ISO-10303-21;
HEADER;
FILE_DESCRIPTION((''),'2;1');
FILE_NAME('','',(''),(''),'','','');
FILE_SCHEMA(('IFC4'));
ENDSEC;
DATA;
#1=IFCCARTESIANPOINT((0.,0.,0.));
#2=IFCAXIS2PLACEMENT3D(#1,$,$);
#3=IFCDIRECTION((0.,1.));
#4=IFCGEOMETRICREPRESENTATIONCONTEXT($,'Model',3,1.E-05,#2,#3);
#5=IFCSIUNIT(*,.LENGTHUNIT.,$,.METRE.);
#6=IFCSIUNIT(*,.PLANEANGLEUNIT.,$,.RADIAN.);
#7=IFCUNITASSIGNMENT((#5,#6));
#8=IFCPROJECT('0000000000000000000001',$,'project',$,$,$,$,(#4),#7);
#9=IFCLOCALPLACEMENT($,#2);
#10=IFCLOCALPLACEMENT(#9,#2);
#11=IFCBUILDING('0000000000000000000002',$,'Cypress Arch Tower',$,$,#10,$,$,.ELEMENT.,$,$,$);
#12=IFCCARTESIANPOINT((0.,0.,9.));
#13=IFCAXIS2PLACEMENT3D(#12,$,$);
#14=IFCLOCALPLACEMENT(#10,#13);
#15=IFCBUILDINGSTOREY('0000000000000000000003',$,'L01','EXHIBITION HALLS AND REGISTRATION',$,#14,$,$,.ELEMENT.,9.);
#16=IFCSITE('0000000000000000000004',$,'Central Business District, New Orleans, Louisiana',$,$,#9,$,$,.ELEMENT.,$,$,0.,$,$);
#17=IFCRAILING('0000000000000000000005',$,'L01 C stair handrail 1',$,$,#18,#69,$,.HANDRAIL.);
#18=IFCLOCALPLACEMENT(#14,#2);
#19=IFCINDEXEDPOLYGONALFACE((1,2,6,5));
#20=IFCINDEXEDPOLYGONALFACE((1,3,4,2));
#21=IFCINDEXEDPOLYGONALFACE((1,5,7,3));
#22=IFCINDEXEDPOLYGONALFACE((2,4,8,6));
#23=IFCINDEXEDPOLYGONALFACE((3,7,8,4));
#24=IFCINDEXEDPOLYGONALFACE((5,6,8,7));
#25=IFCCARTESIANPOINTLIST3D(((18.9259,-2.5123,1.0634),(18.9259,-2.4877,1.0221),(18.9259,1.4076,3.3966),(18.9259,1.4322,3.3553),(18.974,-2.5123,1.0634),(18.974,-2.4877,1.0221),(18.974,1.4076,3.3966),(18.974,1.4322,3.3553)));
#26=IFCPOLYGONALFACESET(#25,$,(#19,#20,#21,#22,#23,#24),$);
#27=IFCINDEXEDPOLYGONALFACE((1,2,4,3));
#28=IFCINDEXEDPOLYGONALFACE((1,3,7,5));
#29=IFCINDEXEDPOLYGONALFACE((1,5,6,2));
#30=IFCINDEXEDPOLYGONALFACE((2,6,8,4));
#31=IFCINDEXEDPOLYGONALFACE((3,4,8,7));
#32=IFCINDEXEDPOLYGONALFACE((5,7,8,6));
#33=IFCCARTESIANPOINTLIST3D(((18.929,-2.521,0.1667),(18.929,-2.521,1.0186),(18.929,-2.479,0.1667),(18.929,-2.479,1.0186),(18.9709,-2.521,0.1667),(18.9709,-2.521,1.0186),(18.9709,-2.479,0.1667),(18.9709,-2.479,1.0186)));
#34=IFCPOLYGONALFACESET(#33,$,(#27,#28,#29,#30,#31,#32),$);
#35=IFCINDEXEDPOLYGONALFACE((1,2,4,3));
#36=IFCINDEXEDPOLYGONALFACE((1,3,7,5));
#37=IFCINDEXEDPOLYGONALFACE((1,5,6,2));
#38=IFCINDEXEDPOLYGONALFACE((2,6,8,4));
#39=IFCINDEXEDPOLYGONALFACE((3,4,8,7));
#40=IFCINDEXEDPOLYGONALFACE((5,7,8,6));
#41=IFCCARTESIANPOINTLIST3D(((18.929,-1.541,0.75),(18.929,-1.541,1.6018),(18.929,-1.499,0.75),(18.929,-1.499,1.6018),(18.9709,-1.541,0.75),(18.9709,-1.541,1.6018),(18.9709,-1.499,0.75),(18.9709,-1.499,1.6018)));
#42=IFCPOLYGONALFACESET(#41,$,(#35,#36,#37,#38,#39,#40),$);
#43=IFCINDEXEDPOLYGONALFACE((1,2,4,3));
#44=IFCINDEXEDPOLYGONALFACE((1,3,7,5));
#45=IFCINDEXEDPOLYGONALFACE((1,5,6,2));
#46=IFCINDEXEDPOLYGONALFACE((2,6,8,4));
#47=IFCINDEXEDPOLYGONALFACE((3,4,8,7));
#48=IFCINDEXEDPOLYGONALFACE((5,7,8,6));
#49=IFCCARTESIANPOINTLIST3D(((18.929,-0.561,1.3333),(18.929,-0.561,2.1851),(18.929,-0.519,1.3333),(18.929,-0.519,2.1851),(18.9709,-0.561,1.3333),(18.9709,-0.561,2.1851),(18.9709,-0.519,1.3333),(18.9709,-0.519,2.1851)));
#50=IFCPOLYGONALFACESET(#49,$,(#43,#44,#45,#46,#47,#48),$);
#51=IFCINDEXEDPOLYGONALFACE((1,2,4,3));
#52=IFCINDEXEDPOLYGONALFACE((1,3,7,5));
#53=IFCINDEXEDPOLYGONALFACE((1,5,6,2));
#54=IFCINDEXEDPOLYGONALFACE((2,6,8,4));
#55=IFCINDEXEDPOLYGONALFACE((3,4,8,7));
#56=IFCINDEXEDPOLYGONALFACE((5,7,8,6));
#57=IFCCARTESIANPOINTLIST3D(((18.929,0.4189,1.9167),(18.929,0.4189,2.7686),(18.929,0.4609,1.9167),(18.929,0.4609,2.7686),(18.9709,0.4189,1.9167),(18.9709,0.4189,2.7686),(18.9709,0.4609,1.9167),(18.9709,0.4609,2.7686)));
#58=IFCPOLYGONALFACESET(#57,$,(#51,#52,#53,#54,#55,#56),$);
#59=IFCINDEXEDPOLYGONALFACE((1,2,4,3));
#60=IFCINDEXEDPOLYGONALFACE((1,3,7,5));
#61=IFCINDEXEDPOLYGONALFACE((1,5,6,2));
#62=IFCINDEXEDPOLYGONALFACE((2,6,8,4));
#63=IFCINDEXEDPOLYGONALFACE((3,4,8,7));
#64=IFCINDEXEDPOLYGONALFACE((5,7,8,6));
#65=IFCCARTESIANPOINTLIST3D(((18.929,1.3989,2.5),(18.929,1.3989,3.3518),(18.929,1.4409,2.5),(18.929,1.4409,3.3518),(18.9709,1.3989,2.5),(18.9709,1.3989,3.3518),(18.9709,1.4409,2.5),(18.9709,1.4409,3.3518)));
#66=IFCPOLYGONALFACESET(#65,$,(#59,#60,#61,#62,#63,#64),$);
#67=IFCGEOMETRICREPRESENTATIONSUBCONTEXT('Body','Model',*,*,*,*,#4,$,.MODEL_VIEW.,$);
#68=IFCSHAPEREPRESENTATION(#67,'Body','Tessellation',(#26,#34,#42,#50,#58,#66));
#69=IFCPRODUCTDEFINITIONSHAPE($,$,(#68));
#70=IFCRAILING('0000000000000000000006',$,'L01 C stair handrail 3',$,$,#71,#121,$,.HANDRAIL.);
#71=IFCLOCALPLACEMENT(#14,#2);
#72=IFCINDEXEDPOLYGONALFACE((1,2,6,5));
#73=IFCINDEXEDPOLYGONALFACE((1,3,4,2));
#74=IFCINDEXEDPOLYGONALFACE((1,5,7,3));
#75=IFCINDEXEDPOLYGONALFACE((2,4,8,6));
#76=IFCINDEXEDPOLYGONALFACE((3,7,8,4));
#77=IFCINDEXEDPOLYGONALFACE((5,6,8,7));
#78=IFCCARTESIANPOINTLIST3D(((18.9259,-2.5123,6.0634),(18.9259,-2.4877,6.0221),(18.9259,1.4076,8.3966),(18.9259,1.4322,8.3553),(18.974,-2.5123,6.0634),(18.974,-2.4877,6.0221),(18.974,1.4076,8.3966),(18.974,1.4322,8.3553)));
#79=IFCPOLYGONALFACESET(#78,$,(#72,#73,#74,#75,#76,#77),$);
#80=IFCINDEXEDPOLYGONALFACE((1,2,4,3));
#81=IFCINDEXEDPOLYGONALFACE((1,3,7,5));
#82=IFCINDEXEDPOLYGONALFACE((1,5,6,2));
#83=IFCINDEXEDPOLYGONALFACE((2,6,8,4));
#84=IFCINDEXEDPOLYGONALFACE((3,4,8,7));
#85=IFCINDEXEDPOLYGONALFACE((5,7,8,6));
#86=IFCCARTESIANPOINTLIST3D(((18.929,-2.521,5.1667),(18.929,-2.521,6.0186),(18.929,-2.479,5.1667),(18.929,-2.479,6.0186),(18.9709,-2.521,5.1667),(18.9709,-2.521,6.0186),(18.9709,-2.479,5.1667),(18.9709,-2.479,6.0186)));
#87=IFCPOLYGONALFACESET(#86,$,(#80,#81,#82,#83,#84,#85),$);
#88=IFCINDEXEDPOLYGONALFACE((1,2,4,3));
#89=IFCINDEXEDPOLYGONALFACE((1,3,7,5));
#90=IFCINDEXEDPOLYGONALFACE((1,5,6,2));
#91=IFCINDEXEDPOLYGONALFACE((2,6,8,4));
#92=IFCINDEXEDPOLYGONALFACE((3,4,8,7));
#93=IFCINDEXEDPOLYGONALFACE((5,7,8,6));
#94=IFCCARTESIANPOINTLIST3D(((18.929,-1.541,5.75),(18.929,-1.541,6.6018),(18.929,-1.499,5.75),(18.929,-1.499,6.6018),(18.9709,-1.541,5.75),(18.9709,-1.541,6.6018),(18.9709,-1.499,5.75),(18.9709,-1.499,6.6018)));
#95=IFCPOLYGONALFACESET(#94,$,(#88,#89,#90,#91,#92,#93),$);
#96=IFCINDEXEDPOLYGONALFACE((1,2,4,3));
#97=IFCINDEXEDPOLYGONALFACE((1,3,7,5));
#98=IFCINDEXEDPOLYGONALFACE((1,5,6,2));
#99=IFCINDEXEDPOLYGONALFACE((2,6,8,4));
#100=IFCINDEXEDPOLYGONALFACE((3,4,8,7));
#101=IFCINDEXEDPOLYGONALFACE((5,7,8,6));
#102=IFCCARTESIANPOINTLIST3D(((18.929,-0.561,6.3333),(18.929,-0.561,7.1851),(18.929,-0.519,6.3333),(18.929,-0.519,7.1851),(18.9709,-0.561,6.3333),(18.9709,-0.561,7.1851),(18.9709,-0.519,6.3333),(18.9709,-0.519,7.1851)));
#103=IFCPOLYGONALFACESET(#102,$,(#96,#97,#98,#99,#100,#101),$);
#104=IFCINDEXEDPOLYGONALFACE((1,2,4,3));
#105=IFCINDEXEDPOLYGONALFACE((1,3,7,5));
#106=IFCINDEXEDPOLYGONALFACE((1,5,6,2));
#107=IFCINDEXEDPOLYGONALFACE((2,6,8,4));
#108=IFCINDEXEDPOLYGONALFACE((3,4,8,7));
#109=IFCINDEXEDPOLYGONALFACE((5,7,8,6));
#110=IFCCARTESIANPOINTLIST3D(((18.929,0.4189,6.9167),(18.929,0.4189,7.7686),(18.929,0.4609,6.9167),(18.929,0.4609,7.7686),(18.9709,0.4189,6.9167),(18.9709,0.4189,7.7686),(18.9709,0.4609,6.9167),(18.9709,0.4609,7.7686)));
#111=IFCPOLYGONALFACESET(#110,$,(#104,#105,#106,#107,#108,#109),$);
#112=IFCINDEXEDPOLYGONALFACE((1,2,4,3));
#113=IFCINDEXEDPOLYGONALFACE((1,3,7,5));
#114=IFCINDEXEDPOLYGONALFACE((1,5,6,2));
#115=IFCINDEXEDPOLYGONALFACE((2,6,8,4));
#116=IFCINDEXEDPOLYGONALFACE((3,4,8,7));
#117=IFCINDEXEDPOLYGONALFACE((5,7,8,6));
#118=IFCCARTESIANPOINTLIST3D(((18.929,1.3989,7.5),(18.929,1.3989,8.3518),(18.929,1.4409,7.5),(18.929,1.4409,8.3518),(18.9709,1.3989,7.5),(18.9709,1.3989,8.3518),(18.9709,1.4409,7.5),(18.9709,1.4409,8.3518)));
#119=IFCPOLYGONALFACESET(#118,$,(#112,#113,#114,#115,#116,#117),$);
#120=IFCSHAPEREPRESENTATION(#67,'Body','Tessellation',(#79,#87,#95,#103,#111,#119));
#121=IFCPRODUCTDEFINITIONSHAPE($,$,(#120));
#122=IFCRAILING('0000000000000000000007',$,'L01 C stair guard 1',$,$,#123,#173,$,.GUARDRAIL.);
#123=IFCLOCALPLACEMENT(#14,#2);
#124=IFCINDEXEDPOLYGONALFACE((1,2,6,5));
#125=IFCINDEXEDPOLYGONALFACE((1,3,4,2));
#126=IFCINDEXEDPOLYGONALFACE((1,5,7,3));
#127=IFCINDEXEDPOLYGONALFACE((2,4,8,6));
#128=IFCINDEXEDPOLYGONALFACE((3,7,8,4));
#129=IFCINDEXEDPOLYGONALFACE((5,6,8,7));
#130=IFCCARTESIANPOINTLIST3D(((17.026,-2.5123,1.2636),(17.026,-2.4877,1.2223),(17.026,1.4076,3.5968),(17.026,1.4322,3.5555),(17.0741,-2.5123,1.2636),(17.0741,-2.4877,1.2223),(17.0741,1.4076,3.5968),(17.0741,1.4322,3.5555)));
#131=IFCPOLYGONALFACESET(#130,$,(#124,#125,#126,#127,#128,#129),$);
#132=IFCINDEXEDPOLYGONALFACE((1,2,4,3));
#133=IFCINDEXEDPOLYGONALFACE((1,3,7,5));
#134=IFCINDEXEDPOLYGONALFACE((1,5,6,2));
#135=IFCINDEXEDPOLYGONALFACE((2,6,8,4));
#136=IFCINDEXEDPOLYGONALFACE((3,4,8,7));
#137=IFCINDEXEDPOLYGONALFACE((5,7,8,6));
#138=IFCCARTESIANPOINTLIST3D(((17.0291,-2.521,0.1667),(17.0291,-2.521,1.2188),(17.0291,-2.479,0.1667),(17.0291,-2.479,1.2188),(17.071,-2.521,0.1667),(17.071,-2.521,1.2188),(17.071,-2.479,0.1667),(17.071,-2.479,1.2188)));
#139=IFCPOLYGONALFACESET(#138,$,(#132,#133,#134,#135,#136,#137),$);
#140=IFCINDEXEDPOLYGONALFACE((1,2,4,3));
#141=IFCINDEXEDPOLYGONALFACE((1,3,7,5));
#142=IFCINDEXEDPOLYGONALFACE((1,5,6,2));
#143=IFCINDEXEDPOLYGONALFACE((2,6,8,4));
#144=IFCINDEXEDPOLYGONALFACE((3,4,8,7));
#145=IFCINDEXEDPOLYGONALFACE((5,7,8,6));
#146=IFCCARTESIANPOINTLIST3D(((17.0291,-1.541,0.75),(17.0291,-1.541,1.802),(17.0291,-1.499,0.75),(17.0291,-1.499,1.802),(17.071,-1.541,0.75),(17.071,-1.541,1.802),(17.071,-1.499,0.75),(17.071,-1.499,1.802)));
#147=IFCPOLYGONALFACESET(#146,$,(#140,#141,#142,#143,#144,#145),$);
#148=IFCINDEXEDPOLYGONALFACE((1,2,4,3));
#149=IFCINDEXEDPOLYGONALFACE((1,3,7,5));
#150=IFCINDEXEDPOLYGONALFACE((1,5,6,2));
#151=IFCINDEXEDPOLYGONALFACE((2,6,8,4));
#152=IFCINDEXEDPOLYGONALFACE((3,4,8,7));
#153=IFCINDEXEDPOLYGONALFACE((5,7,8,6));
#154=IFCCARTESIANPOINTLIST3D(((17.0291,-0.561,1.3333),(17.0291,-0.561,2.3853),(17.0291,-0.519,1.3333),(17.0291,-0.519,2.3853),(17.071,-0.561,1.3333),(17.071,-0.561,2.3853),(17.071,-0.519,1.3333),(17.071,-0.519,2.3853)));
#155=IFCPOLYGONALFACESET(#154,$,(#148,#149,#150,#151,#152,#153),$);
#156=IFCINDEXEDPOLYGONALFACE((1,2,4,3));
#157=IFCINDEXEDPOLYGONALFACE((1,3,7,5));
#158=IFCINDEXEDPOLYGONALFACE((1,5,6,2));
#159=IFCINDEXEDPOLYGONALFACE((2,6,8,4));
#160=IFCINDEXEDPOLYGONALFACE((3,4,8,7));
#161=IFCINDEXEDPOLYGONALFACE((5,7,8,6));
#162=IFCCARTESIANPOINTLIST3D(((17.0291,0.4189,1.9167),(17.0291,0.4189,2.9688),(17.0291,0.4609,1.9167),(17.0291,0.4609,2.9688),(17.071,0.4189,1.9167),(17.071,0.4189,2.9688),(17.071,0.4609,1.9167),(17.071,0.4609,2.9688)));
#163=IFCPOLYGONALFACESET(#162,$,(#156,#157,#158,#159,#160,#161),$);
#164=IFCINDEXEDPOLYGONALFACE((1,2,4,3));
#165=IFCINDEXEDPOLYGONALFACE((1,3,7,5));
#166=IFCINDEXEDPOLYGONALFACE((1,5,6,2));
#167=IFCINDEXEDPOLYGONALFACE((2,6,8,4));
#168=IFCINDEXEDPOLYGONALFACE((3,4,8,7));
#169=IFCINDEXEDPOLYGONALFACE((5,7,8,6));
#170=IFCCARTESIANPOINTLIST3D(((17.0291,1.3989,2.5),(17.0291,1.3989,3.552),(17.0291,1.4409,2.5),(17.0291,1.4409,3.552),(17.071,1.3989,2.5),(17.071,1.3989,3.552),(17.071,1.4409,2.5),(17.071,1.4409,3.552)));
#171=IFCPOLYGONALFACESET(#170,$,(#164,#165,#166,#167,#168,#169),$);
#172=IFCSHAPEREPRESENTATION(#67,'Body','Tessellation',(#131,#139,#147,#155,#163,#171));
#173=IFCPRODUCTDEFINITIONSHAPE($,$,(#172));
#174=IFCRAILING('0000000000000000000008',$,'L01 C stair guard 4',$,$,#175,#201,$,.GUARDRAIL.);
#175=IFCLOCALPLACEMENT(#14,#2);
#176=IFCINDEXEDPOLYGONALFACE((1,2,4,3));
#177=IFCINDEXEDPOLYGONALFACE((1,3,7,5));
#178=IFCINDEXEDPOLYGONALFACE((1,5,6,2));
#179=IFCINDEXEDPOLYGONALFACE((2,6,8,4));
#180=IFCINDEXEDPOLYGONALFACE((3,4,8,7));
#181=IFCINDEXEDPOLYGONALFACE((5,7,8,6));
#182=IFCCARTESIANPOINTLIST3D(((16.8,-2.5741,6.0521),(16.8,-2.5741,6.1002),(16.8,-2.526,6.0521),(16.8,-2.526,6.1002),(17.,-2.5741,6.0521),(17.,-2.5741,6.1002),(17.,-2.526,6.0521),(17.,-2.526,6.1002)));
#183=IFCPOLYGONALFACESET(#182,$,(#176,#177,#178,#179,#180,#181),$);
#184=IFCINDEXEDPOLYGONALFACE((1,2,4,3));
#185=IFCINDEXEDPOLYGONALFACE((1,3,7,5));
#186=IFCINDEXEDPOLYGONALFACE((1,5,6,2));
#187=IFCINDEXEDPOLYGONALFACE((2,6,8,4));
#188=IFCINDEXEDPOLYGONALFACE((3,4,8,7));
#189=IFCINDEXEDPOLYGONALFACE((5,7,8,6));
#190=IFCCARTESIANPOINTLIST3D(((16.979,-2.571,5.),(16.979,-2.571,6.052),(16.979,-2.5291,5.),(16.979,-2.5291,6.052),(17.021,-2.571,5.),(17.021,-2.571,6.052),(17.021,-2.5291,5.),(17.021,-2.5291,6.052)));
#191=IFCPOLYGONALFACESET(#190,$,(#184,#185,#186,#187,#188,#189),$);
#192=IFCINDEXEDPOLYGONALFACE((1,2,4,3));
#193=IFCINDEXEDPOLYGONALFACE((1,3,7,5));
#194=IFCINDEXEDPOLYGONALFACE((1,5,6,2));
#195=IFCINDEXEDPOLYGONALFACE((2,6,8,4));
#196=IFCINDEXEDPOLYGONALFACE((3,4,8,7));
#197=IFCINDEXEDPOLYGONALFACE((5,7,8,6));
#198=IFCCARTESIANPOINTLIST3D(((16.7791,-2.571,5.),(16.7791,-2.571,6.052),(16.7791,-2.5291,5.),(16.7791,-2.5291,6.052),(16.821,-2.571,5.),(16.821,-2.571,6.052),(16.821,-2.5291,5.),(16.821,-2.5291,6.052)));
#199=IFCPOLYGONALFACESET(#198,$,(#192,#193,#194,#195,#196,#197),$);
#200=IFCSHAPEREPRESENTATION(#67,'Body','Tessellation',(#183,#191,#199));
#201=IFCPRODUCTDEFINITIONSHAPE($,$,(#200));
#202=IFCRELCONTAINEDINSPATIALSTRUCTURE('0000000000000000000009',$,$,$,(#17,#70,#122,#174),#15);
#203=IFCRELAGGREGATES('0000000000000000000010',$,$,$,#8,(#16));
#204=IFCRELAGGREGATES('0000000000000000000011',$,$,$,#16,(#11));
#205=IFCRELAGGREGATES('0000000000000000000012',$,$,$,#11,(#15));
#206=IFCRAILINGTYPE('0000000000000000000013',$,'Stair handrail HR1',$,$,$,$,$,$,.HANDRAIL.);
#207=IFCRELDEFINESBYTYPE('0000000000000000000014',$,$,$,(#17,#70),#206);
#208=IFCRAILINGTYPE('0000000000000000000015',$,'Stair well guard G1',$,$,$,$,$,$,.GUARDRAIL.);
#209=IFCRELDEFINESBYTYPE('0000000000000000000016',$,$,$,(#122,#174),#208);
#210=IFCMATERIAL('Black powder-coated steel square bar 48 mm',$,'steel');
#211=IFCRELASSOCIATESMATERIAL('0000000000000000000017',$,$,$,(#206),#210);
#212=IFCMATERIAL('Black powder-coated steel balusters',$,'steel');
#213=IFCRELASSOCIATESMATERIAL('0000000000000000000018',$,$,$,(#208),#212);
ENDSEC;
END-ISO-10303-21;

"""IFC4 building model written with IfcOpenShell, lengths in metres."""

from ifc_helpers import new_model, si_unit, direction, frame, origin, origin_2d, place, context, subcontext, project, spatial, rectangle, extrude, material, type_object, element, save


model = new_model("IFC4")

# Units and contexts
model_context = context("Model", 3, precision=1e-05, world=origin(), true_north=direction((0.0, 1.0)))
body_context = subcontext(model_context, "Body", "Model", "MODEL_VIEW")
ifc_project = project(units=[si_unit("LENGTHUNIT", "METRE"), si_unit("PLANEANGLEUNIT", "RADIAN")], contexts=[model_context])

# Site, building, storey
site_placement = place(None, origin())
site = spatial("IfcSite", under=ifc_project, at=site_placement, Name="Central Business District, New Orleans, Louisiana", CompositionType="ELEMENT", RefElevation=0.0)
building_placement = place(site_placement, origin())
building = spatial("IfcBuilding", under=site, at=building_placement, Name="Cypress Arch Tower", CompositionType="ELEMENT")
storey_placement = place(building_placement, frame((0.0, 0.0, 9.0)))
storey = spatial("IfcBuildingStorey", under=building, at=storey_placement, Name="L01", Description="EXHIBITION HALLS AND REGISTRATION", CompositionType="ELEMENT", Elevation=9.0)

# Railings
ifc_material_1 = material(Name="Black powder-coated steel square bar 48 mm", Category="steel")
railing_type_1 = type_object("IfcRailingType", Name="Stair handrail HR1", PredefinedType="HANDRAIL", material=ifc_material_1)
for number, where, name in (
    (1, (18.95, -2.5, 0.1667), "L01 C stair handrail 1"),
    (2, (18.95, -2.5, 5.1667), "L01 C stair handrail 3"),
):
    element("IfcRailing", number, at=place(storey_placement, frame(where)), inside=storey, type_object=railing_type_1, Name=name, PredefinedType="HANDRAIL", context=body_context, shape_type="SweptSolid", body=[
        extrude(rectangle(XDim=0.0481, YDim=0.0481, at=origin_2d()), frame((0.0, 0.0, 0.876), z_axis=(0.0, 0.859296, 0.511478), x_axis=(-1.0, 0.0, 0.0)), (0.0, 0.0, 1.0), 4.5618),
        extrude(rectangle(XDim=0.042, YDim=0.042, at=origin_2d()), origin(), (0.0, 0.0, 1.0), 0.8518),
        extrude(rectangle(XDim=0.042, YDim=0.042, at=origin_2d()), frame((0.0, 0.98, 0.5833)), (0.0, 0.0, 1.0), 0.8518),
        extrude(rectangle(XDim=0.042, YDim=0.042, at=origin_2d()), frame((0.0, 1.96, 1.1665)), (0.0, 0.0, 1.0), 0.8518),
        extrude(rectangle(XDim=0.042, YDim=0.042, at=origin_2d()), frame((0.0, 2.9399, 1.75)), (0.0, 0.0, 1.0), 0.8518),
        extrude(rectangle(XDim=0.042, YDim=0.042, at=origin_2d()), frame((0.0, 3.9199, 2.3333)), (0.0, 0.0, 1.0), 0.8518),
    ])
ifc_material_2 = material(Name="Black powder-coated steel balusters", Category="steel")
railing_type_2 = type_object("IfcRailingType", Name="Stair well guard G1", PredefinedType="GUARDRAIL", material=ifc_material_2)
railing_1_placement = place(storey_placement, frame((17.05, -2.5, 0.1667)))
element("IfcRailing", 3, at=railing_1_placement, inside=storey, type_object=railing_type_2, Name="L01 C stair guard 1", PredefinedType="GUARDRAIL", context=body_context, shape_type="SweptSolid", body=[
    extrude(rectangle(XDim=0.0481, YDim=0.0481, at=origin_2d()), frame((0.0, 0.0, 1.0762), z_axis=(0.0, 0.859296, 0.511478), x_axis=(-1.0, 0.0, 0.0)), (0.0, 0.0, 1.0), 4.5618),
    extrude(rectangle(XDim=0.042, YDim=0.042, at=origin_2d()), origin(), (0.0, 0.0, 1.0), 1.052),
    extrude(rectangle(XDim=0.042, YDim=0.042, at=origin_2d()), frame((0.0, 0.98, 0.5833)), (0.0, 0.0, 1.0), 1.052),
    extrude(rectangle(XDim=0.042, YDim=0.042, at=origin_2d()), frame((0.0, 1.96, 1.1665)), (0.0, 0.0, 1.0), 1.052),
    extrude(rectangle(XDim=0.042, YDim=0.042, at=origin_2d()), frame((0.0, 2.9399, 1.75)), (0.0, 0.0, 1.0), 1.052),
    extrude(rectangle(XDim=0.042, YDim=0.042, at=origin_2d()), frame((0.0, 3.9199, 2.3333)), (0.0, 0.0, 1.0), 1.052),
])
railing_2_placement = place(storey_placement, frame((17.0, -2.55, 5.0)))
element("IfcRailing", 4, at=railing_2_placement, inside=storey, type_object=railing_type_2, Name="L01 C stair guard 4", PredefinedType="GUARDRAIL", context=body_context, shape_type="SweptSolid", body=[
    extrude(rectangle(XDim=0.0481, YDim=0.0481, at=origin_2d()), frame((0.0, 0.0, 1.0762), z_axis=(-1.0, 0.0, 0.0), x_axis=(0.0, -1.0, 0.0)), (0.0, 0.0, 1.0), 0.2),
    extrude(rectangle(XDim=0.042, YDim=0.042, at=origin_2d()), origin(), (0.0, 0.0, 1.0), 1.052),
    extrude(rectangle(XDim=0.042, YDim=0.042, at=origin_2d()), frame((-0.2, 0.0, 0.0)), (0.0, 0.0, 1.0), 1.052),
])

save(model, "model.ifc")
